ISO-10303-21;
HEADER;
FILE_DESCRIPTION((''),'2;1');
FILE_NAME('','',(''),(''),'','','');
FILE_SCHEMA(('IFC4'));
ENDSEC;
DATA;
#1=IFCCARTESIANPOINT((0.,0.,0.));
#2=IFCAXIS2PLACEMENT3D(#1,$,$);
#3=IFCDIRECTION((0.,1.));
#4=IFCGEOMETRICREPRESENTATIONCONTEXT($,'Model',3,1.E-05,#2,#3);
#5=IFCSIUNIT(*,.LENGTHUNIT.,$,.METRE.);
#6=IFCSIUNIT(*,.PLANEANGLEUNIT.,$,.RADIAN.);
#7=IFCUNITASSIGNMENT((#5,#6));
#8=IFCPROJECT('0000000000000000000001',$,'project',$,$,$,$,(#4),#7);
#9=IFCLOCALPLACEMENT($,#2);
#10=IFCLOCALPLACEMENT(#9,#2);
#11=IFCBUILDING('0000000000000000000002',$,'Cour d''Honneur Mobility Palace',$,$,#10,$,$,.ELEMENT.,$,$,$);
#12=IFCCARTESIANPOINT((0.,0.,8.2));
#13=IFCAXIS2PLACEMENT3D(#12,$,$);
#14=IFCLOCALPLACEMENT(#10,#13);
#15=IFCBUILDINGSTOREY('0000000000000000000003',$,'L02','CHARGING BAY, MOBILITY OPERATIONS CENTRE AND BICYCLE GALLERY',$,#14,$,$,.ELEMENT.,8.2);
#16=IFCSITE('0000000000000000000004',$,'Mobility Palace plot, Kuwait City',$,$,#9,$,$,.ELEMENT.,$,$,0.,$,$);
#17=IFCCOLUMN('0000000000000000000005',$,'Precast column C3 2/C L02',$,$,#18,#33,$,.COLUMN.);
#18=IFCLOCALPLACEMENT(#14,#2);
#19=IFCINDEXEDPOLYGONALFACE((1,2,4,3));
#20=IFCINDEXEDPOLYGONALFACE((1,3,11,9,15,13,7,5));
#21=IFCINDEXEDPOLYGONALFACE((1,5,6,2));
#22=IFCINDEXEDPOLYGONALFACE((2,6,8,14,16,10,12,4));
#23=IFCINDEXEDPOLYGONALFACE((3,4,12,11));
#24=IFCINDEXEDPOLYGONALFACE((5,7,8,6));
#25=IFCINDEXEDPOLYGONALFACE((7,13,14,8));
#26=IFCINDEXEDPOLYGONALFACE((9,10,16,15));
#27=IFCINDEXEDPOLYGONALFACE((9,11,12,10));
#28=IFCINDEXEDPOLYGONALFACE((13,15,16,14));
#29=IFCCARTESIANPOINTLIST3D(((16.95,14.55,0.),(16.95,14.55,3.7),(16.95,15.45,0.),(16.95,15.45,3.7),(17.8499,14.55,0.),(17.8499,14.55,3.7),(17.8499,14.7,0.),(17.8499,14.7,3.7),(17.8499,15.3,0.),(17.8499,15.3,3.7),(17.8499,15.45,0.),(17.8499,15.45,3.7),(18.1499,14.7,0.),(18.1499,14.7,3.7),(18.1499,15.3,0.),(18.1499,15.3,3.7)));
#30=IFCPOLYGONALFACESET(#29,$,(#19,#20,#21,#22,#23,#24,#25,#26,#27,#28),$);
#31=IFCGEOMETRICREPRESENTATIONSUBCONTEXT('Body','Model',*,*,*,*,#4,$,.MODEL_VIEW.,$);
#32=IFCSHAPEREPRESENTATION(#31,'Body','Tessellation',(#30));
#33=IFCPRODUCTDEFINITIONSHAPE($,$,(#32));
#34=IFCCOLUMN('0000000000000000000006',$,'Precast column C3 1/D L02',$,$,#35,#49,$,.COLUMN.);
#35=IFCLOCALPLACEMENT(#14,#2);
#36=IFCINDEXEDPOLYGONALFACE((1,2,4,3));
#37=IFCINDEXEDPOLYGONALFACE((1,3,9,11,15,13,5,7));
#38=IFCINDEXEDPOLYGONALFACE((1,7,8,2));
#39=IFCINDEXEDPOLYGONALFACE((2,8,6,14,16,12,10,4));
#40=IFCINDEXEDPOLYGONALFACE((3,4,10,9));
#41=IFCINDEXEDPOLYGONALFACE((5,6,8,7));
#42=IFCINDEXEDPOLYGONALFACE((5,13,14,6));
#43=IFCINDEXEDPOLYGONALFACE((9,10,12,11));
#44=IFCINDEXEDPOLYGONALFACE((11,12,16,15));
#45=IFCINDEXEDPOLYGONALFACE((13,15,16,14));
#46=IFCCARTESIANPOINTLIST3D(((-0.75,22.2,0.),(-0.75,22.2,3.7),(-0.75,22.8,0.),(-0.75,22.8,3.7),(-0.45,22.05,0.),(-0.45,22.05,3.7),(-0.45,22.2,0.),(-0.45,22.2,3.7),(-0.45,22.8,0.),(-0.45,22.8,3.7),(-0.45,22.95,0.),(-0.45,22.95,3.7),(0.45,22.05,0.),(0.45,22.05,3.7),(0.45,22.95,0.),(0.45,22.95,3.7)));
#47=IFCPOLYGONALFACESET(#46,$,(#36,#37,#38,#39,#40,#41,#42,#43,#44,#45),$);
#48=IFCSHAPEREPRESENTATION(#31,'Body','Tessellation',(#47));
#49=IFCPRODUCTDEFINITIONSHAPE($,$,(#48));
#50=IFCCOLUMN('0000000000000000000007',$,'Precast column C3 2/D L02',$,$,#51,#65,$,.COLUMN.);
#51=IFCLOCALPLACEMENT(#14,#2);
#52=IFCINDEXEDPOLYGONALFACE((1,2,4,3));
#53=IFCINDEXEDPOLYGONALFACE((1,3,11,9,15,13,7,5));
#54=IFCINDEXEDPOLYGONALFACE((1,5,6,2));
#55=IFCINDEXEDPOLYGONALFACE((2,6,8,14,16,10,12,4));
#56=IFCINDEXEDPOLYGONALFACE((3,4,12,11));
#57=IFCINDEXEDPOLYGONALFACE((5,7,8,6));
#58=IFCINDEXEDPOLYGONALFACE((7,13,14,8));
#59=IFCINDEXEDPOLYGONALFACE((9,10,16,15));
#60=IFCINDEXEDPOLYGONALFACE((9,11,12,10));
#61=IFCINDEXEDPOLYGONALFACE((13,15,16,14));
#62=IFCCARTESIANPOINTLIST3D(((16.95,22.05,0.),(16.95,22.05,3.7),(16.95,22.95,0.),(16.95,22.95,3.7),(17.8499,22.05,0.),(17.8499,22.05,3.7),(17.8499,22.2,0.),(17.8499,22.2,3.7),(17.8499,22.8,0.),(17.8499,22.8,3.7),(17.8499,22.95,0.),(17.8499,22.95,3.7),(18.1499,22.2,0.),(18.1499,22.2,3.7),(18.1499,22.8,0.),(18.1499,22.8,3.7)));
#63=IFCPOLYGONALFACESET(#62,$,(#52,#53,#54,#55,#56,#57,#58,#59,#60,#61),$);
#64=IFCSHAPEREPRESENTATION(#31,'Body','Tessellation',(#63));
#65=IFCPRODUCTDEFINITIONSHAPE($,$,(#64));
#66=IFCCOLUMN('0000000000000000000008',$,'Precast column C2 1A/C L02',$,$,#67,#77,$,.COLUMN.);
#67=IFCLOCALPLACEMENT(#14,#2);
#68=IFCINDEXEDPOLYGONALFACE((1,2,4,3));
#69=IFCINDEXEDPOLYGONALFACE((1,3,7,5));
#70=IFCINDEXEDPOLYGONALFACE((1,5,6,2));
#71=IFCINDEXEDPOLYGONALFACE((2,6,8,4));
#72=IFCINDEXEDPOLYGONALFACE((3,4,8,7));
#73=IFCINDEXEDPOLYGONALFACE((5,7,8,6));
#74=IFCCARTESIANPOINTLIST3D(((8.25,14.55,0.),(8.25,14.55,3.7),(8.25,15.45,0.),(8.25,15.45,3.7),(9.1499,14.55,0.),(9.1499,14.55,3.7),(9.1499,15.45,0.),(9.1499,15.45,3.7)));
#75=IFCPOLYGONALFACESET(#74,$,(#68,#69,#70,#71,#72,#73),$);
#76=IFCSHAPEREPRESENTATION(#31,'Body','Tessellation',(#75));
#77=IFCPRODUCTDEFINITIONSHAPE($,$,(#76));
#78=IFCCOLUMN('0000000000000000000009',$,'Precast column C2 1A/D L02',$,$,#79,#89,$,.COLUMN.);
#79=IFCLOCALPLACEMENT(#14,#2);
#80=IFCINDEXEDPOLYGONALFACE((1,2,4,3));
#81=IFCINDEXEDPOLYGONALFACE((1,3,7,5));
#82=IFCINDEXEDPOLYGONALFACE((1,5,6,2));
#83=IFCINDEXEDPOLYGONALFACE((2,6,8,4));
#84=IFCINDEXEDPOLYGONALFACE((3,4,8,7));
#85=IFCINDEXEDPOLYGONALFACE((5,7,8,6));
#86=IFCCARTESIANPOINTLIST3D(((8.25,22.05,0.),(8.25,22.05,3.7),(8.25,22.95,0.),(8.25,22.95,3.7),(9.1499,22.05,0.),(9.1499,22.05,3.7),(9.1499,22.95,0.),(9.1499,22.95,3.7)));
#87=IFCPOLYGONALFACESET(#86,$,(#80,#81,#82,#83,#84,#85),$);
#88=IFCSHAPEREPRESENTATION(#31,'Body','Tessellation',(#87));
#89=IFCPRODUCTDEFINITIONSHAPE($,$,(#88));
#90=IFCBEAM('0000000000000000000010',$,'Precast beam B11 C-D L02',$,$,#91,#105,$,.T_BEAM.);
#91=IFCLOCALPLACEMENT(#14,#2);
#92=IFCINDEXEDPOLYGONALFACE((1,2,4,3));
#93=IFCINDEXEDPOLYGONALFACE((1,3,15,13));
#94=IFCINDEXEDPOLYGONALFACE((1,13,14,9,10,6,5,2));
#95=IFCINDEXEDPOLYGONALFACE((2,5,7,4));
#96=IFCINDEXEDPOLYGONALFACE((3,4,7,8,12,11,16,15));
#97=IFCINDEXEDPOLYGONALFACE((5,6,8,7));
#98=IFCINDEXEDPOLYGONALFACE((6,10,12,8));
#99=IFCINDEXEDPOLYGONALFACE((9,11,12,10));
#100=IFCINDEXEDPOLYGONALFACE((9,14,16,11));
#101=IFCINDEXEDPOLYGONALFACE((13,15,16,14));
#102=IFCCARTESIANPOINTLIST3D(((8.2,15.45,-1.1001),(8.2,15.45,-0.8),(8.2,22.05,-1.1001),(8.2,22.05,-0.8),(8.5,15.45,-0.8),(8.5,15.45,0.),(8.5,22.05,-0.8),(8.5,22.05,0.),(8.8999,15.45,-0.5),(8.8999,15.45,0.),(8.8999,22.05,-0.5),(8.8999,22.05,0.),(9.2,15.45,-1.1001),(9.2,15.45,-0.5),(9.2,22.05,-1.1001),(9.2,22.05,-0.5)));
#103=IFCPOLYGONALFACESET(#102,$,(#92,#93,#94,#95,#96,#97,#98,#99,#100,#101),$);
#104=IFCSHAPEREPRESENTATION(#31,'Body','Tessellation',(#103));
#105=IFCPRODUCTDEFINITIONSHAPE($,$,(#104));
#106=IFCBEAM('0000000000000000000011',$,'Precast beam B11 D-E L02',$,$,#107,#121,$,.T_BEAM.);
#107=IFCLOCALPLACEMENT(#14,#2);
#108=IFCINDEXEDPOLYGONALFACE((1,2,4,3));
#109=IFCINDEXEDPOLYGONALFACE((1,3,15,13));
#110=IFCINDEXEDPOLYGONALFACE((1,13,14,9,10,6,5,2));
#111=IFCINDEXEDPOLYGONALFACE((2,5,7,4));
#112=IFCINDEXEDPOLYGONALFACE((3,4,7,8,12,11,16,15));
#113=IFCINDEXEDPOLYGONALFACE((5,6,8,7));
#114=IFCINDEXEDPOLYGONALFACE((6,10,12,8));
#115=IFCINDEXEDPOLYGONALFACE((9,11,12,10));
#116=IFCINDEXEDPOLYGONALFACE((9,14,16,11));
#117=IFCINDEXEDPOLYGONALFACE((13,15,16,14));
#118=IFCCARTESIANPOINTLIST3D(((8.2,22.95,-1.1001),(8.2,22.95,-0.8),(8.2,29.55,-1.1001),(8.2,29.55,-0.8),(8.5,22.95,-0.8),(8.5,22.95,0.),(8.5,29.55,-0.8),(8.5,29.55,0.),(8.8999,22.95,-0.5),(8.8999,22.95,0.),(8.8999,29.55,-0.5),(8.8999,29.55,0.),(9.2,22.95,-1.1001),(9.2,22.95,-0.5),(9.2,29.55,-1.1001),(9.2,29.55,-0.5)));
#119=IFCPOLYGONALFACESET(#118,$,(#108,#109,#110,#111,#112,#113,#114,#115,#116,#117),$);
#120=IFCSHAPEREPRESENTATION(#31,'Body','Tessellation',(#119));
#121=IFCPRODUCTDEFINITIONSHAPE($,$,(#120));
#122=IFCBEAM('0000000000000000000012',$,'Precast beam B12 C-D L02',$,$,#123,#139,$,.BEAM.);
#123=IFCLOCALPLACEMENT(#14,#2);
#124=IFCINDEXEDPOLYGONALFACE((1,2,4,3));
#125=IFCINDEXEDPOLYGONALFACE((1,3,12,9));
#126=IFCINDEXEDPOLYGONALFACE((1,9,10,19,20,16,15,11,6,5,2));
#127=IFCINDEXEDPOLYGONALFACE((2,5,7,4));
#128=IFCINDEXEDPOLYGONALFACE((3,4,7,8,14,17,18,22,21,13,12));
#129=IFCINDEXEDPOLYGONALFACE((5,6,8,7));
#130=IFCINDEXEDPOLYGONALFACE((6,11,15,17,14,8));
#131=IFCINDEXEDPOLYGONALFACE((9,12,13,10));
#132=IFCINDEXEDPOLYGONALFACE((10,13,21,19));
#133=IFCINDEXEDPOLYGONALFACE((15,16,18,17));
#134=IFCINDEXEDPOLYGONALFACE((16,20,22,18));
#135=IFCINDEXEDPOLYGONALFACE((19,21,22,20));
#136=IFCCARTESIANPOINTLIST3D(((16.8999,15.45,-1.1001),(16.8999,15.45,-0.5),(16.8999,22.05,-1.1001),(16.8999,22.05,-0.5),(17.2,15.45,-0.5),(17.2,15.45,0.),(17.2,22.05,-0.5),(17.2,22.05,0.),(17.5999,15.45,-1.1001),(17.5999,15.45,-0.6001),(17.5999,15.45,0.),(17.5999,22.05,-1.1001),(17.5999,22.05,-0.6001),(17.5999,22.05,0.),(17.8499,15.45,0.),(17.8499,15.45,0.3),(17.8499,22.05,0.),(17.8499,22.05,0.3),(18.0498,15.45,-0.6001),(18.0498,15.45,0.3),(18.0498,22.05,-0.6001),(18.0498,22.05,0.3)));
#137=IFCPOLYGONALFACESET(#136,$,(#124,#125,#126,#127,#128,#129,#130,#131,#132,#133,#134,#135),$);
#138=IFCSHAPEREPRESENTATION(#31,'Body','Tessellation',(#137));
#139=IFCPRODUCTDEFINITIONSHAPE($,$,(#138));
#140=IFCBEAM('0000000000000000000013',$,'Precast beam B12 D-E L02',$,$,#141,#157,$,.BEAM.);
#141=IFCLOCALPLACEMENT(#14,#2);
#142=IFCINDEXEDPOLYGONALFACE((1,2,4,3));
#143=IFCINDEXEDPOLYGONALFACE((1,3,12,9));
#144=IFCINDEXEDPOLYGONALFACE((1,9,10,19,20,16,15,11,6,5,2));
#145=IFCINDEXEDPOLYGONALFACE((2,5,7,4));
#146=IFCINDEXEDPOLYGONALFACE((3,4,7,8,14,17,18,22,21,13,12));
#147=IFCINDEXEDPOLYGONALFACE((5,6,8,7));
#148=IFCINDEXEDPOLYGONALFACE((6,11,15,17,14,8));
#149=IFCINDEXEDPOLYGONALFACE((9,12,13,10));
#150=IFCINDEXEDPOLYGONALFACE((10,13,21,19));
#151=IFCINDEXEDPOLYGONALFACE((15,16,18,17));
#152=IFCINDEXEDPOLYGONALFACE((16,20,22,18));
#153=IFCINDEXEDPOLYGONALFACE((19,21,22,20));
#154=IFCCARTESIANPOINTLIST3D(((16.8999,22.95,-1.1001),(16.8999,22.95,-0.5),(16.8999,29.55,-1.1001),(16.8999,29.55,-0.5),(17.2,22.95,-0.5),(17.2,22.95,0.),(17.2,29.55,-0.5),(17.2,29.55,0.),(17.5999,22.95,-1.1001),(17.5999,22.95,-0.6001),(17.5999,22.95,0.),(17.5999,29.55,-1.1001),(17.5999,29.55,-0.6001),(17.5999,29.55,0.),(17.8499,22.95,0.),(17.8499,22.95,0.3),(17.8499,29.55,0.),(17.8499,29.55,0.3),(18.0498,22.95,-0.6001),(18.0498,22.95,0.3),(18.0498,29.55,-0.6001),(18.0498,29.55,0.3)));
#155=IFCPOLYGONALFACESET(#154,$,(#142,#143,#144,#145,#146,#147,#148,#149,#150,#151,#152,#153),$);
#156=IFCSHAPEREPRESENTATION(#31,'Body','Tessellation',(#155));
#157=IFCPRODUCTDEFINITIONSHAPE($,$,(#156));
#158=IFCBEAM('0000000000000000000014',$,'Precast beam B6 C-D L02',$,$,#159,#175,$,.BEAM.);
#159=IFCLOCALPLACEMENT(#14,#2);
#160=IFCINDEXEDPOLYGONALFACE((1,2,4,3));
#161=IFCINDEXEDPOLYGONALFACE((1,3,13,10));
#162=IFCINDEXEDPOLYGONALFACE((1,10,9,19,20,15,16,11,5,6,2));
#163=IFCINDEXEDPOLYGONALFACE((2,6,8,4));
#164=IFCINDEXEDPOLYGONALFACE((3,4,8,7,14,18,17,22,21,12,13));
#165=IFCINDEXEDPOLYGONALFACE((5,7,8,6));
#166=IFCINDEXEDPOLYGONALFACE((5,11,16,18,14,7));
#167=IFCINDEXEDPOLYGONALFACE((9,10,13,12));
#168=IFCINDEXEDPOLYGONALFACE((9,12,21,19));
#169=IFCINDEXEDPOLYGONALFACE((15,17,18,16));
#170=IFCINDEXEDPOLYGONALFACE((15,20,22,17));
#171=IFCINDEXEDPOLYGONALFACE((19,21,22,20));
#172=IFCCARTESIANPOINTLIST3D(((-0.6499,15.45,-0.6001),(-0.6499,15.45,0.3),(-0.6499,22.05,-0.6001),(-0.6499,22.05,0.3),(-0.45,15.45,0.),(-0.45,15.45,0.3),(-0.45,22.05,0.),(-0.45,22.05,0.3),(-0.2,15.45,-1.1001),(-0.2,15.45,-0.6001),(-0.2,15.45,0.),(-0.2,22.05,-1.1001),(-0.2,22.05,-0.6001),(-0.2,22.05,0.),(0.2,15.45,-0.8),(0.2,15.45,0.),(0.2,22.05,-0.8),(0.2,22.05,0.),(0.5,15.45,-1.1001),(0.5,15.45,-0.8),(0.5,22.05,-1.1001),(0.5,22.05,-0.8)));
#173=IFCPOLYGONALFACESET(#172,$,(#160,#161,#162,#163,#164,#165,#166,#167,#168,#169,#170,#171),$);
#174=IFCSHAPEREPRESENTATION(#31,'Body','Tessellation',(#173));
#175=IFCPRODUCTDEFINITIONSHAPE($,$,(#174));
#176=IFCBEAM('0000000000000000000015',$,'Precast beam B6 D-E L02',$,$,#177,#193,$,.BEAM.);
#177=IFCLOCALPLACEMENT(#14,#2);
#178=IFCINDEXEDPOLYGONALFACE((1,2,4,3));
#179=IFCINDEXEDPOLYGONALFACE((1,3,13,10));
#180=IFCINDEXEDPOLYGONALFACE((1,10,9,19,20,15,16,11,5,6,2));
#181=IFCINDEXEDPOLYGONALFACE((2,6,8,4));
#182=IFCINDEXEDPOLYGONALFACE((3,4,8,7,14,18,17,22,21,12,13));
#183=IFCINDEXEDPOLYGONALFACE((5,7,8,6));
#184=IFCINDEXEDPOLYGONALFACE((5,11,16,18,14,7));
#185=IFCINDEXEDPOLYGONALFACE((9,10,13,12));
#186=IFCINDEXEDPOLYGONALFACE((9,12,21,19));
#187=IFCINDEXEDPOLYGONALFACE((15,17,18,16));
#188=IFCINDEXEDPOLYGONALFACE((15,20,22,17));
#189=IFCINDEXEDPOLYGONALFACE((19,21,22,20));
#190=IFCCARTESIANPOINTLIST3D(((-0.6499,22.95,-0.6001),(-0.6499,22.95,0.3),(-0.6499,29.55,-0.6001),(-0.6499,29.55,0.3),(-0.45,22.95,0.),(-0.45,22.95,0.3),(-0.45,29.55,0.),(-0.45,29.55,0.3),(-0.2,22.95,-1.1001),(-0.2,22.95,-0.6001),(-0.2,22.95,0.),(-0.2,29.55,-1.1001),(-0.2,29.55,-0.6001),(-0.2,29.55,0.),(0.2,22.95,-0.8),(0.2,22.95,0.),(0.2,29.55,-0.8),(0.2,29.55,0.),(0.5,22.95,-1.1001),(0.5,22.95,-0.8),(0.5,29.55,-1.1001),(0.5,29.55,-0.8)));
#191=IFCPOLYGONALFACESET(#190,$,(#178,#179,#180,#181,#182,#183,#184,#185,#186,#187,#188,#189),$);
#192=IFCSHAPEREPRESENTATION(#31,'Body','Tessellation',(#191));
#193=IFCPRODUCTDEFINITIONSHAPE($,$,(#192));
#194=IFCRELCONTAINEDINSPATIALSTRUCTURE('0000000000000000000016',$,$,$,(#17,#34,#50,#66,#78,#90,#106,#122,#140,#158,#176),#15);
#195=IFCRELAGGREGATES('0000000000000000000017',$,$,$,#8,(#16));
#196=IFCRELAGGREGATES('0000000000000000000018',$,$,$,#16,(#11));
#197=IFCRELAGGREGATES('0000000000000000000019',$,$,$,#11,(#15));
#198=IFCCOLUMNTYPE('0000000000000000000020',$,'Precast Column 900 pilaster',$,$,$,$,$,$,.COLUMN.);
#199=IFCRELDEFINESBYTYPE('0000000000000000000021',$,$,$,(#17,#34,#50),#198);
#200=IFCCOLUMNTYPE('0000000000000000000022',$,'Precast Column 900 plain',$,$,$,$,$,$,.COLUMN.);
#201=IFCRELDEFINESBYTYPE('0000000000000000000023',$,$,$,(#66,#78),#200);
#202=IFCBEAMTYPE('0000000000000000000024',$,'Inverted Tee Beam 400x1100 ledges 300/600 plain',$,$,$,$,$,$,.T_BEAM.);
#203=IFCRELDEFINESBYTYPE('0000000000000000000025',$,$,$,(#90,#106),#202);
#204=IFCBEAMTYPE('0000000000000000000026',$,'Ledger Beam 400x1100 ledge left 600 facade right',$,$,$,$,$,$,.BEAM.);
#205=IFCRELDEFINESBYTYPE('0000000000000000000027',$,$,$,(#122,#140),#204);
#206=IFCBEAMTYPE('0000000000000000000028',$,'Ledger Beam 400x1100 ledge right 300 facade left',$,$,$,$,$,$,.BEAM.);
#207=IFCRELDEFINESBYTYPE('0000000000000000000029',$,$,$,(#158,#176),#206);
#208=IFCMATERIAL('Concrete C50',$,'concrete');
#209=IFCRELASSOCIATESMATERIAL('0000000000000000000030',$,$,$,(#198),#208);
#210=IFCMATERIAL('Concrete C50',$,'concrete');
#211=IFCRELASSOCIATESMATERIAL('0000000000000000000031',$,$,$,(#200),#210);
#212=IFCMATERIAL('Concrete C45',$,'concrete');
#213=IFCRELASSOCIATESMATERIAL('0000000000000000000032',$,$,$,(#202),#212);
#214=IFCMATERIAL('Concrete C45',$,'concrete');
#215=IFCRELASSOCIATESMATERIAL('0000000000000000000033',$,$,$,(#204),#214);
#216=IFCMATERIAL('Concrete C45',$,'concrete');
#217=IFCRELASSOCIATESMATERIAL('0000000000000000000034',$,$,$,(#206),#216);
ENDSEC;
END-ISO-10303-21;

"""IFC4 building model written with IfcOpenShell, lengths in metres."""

from ifc_helpers import new_model, si_unit, direction, frame, origin, place, context, subcontext, project, spatial, polyline, outline, extrude, material, material_profile, profile_set, type_object, element, save


model = new_model("IFC4")

# Units and contexts
model_context = context("Model", 3, precision=1e-05, world=origin(), true_north=direction((0.0, 1.0)))
body_context = subcontext(model_context, "Body", "Model", "MODEL_VIEW")
ifc_project = project(units=[si_unit("LENGTHUNIT", "METRE"), si_unit("PLANEANGLEUNIT", "RADIAN")], contexts=[model_context])

# Site, building, storey
site_placement = place(None, origin())
site = spatial("IfcSite", under=ifc_project, at=site_placement, Name="Mobility Palace plot, Kuwait City", CompositionType="ELEMENT", RefElevation=0.0)
building_placement = place(site_placement, origin())
building = spatial("IfcBuilding", under=site, at=building_placement, Name="Cour d'Honneur Mobility Palace", CompositionType="ELEMENT")
storey_placement = place(building_placement, frame((0.0, 0.0, 8.2)))
storey = spatial("IfcBuildingStorey", under=building, at=storey_placement, Name="L02", Description="CHARGING BAY, MOBILITY OPERATIONS CENTRE AND BICYCLE GALLERY", CompositionType="ELEMENT", Elevation=8.2)

# Columns
ifc_material_1 = material(Name="Concrete C50", Category="concrete")
ifc_material_profile_1 = material_profile(ifc_material_1, outline(polyline([(-0.45, -0.45), (0.45, -0.45), (0.45, -0.3), (0.75, -0.3), (0.75, 0.3), (0.45, 0.3), (0.45, 0.45), (-0.45, 0.45), (-0.45, -0.45)])), Name="PC C900 pilaster")
ifc_profile_set_1 = profile_set([ifc_material_profile_1], Name="Concrete C50")
column_type_1 = type_object("IfcColumnType", Name="Precast Column 900 pilaster", PredefinedType="COLUMN", material=ifc_profile_set_1)
for number, where, z_axis, x_axis, name in (
    (1, (17.3999, 15.0, 0.0), (0.0, 0.0, 1.0), (1.0, 0.0, 0.0), "Precast column C3 2/C L02"),
    (2, (0.0, 22.5, 0.0), (0.0, 0.0, 1.0), (-1.0, 0.0, 0.0), "Precast column C3 1/D L02"),
    (3, (17.3999, 22.5, 0.0), (0.0, 0.0, 1.0), (1.0, 0.0, 0.0), "Precast column C3 2/D L02"),
):
    element("IfcColumn", number, at=place(storey_placement, frame(where, z_axis=z_axis, x_axis=x_axis)), inside=storey, type_object=column_type_1, Name=name, PredefinedType="COLUMN", context=body_context, shape_type="SweptSolid", body=[
        extrude(outline(polyline([(-0.45, -0.45), (0.45, -0.45), (0.45, -0.3), (0.75, -0.3), (0.75, 0.3), (0.45, 0.3), (0.45, 0.45), (-0.45, 0.45), (-0.45, -0.45)])), origin(), (0.0, 0.0, 1.0), 3.7),
    ])
ifc_material_2 = material(Name="Concrete C50", Category="concrete")
ifc_material_profile_2 = material_profile(ifc_material_2, outline(polyline([(-0.45, -0.45), (0.45, -0.45), (0.45, 0.45), (-0.45, 0.45), (-0.45, -0.45)])), Name="PC C900 plain")
ifc_profile_set_2 = profile_set([ifc_material_profile_2], Name="Concrete C50")
column_type_2 = type_object("IfcColumnType", Name="Precast Column 900 plain", PredefinedType="COLUMN", material=ifc_profile_set_2)
for number, where, z_axis, x_axis, name in (
    (4, (8.7, 15.0, 0.0), (0.0, 0.0, 1.0), (1.0, 0.0, 0.0), "Precast column C2 1A/C L02"),
    (5, (8.7, 22.5, 0.0), (0.0, 0.0, 1.0), (1.0, 0.0, 0.0), "Precast column C2 1A/D L02"),
):
    element("IfcColumn", number, at=place(storey_placement, frame(where, z_axis=z_axis, x_axis=x_axis)), inside=storey, type_object=column_type_2, Name=name, PredefinedType="COLUMN", context=body_context, shape_type="SweptSolid", body=[
        extrude(outline(polyline([(-0.45, -0.45), (0.45, -0.45), (0.45, 0.45), (-0.45, 0.45), (-0.45, -0.45)])), origin(), (0.0, 0.0, 1.0), 3.7),
    ])

# Beams
ifc_material_3 = material(Name="Concrete C45", Category="concrete")
ifc_material_profile_3 = material_profile(ifc_material_3, outline(polyline([(0.5, -1.1001), (0.5, -0.8), (0.2, -0.8), (0.2, 0.0), (-0.2, 0.0), (-0.2, -0.5), (-0.5, -0.5), (-0.5, -1.1001), (0.5, -1.1001)])), Name="Inverted Tee Beam 400x1100 ledges 300/600 plain")
ifc_profile_set_3 = profile_set([ifc_material_profile_3], Name="Concrete C45")
beam_type_1 = type_object("IfcBeamType", Name="Inverted Tee Beam 400x1100 ledges 300/600 plain", PredefinedType="T_BEAM", material=ifc_profile_set_3)
for number, where, z_axis, x_axis, name in (
    (6, (8.7, 15.45, 0.0), (0.0, 1.0, 0.0), (-1.0, 0.0, 0.0), "Precast beam B11 C-D L02"),
    (7, (8.7, 22.95, 0.0), (0.0, 1.0, 0.0), (-1.0, 0.0, 0.0), "Precast beam B11 D-E L02"),
):
    element("IfcBeam", number, at=place(storey_placement, frame(where, z_axis=z_axis, x_axis=x_axis)), inside=storey, type_object=beam_type_1, Name=name, PredefinedType="T_BEAM", context=body_context, shape_type="SweptSolid", body=[
        extrude(outline(polyline([(0.5, -1.1001), (0.5, -0.8), (0.2, -0.8), (0.2, 0.0), (-0.2, 0.0), (-0.2, -0.5), (-0.5, -0.5), (-0.5, -1.1001), (0.5, -1.1001)])), origin(), (0.0, 0.0, 1.0), 6.6001),
    ])
ifc_material_4 = material(Name="Concrete C45", Category="concrete")
ifc_material_profile_4 = material_profile(ifc_material_4, outline(polyline([(0.5, -1.1001), (0.5, -0.5), (0.2, -0.5), (0.2, 0.0), (-0.2, 0.0), (-0.45, 0.0), (-0.45, 0.3), (-0.6499, 0.3), (-0.6499, -0.6001), (-0.2, -0.6001), (-0.2, -1.1001), (0.5, -1.1001)])), Name="Ledger Beam 400x1100 ledge left 600 facade right")
ifc_profile_set_4 = profile_set([ifc_material_profile_4], Name="Concrete C45")
beam_type_2 = type_object("IfcBeamType", Name="Ledger Beam 400x1100 ledge left 600 facade right", PredefinedType="BEAM", material=ifc_profile_set_4)
for number, where, z_axis, x_axis, name in (
    (8, (17.3999, 15.45, 0.0), (0.0, 1.0, 0.0), (-1.0, 0.0, 0.0), "Precast beam B12 C-D L02"),
    (9, (17.3999, 22.95, 0.0), (0.0, 1.0, 0.0), (-1.0, 0.0, 0.0), "Precast beam B12 D-E L02"),
):
    element("IfcBeam", number, at=place(storey_placement, frame(where, z_axis=z_axis, x_axis=x_axis)), inside=storey, type_object=beam_type_2, Name=name, PredefinedType="BEAM", context=body_context, shape_type="SweptSolid", body=[
        extrude(outline(polyline([(0.5, -1.1001), (0.5, -0.5), (0.2, -0.5), (0.2, 0.0), (-0.2, 0.0), (-0.45, 0.0), (-0.45, 0.3), (-0.6499, 0.3), (-0.6499, -0.6001), (-0.2, -0.6001), (-0.2, -1.1001), (0.5, -1.1001)])), origin(), (0.0, 0.0, 1.0), 6.6001),
    ])
ifc_material_5 = material(Name="Concrete C45", Category="concrete")
ifc_material_profile_5 = material_profile(ifc_material_5, outline(polyline([(0.2, -1.1001), (0.2, -0.6001), (0.6499, -0.6001), (0.6499, 0.3), (0.45, 0.3), (0.45, 0.0), (0.2, 0.0), (-0.2, 0.0), (-0.2, -0.8), (-0.5, -0.8), (-0.5, -1.1001), (0.2, -1.1001)])), Name="Ledger Beam 400x1100 ledge right 300 facade left")
ifc_profile_set_5 = profile_set([ifc_material_profile_5], Name="Concrete C45")
beam_type_3 = type_object("IfcBeamType", Name="Ledger Beam 400x1100 ledge right 300 facade left", PredefinedType="BEAM", material=ifc_profile_set_5)
for number, where, z_axis, x_axis, name in (
    (10, (0.0, 15.45, 0.0), (0.0, 1.0, 0.0), (-1.0, 0.0, 0.0), "Precast beam B6 C-D L02"),
    (11, (0.0, 22.95, 0.0), (0.0, 1.0, 0.0), (-1.0, 0.0, 0.0), "Precast beam B6 D-E L02"),
):
    element("IfcBeam", number, at=place(storey_placement, frame(where, z_axis=z_axis, x_axis=x_axis)), inside=storey, type_object=beam_type_3, Name=name, PredefinedType="BEAM", context=body_context, shape_type="SweptSolid", body=[
        extrude(outline(polyline([(0.2, -1.1001), (0.2, -0.6001), (0.6499, -0.6001), (0.6499, 0.3), (0.45, 0.3), (0.45, 0.0), (0.2, 0.0), (-0.2, 0.0), (-0.2, -0.8), (-0.5, -0.8), (-0.5, -1.1001), (0.2, -1.1001)])), origin(), (0.0, 0.0, 1.0), 6.6001),
    ])

save(model, "model.ifc")
